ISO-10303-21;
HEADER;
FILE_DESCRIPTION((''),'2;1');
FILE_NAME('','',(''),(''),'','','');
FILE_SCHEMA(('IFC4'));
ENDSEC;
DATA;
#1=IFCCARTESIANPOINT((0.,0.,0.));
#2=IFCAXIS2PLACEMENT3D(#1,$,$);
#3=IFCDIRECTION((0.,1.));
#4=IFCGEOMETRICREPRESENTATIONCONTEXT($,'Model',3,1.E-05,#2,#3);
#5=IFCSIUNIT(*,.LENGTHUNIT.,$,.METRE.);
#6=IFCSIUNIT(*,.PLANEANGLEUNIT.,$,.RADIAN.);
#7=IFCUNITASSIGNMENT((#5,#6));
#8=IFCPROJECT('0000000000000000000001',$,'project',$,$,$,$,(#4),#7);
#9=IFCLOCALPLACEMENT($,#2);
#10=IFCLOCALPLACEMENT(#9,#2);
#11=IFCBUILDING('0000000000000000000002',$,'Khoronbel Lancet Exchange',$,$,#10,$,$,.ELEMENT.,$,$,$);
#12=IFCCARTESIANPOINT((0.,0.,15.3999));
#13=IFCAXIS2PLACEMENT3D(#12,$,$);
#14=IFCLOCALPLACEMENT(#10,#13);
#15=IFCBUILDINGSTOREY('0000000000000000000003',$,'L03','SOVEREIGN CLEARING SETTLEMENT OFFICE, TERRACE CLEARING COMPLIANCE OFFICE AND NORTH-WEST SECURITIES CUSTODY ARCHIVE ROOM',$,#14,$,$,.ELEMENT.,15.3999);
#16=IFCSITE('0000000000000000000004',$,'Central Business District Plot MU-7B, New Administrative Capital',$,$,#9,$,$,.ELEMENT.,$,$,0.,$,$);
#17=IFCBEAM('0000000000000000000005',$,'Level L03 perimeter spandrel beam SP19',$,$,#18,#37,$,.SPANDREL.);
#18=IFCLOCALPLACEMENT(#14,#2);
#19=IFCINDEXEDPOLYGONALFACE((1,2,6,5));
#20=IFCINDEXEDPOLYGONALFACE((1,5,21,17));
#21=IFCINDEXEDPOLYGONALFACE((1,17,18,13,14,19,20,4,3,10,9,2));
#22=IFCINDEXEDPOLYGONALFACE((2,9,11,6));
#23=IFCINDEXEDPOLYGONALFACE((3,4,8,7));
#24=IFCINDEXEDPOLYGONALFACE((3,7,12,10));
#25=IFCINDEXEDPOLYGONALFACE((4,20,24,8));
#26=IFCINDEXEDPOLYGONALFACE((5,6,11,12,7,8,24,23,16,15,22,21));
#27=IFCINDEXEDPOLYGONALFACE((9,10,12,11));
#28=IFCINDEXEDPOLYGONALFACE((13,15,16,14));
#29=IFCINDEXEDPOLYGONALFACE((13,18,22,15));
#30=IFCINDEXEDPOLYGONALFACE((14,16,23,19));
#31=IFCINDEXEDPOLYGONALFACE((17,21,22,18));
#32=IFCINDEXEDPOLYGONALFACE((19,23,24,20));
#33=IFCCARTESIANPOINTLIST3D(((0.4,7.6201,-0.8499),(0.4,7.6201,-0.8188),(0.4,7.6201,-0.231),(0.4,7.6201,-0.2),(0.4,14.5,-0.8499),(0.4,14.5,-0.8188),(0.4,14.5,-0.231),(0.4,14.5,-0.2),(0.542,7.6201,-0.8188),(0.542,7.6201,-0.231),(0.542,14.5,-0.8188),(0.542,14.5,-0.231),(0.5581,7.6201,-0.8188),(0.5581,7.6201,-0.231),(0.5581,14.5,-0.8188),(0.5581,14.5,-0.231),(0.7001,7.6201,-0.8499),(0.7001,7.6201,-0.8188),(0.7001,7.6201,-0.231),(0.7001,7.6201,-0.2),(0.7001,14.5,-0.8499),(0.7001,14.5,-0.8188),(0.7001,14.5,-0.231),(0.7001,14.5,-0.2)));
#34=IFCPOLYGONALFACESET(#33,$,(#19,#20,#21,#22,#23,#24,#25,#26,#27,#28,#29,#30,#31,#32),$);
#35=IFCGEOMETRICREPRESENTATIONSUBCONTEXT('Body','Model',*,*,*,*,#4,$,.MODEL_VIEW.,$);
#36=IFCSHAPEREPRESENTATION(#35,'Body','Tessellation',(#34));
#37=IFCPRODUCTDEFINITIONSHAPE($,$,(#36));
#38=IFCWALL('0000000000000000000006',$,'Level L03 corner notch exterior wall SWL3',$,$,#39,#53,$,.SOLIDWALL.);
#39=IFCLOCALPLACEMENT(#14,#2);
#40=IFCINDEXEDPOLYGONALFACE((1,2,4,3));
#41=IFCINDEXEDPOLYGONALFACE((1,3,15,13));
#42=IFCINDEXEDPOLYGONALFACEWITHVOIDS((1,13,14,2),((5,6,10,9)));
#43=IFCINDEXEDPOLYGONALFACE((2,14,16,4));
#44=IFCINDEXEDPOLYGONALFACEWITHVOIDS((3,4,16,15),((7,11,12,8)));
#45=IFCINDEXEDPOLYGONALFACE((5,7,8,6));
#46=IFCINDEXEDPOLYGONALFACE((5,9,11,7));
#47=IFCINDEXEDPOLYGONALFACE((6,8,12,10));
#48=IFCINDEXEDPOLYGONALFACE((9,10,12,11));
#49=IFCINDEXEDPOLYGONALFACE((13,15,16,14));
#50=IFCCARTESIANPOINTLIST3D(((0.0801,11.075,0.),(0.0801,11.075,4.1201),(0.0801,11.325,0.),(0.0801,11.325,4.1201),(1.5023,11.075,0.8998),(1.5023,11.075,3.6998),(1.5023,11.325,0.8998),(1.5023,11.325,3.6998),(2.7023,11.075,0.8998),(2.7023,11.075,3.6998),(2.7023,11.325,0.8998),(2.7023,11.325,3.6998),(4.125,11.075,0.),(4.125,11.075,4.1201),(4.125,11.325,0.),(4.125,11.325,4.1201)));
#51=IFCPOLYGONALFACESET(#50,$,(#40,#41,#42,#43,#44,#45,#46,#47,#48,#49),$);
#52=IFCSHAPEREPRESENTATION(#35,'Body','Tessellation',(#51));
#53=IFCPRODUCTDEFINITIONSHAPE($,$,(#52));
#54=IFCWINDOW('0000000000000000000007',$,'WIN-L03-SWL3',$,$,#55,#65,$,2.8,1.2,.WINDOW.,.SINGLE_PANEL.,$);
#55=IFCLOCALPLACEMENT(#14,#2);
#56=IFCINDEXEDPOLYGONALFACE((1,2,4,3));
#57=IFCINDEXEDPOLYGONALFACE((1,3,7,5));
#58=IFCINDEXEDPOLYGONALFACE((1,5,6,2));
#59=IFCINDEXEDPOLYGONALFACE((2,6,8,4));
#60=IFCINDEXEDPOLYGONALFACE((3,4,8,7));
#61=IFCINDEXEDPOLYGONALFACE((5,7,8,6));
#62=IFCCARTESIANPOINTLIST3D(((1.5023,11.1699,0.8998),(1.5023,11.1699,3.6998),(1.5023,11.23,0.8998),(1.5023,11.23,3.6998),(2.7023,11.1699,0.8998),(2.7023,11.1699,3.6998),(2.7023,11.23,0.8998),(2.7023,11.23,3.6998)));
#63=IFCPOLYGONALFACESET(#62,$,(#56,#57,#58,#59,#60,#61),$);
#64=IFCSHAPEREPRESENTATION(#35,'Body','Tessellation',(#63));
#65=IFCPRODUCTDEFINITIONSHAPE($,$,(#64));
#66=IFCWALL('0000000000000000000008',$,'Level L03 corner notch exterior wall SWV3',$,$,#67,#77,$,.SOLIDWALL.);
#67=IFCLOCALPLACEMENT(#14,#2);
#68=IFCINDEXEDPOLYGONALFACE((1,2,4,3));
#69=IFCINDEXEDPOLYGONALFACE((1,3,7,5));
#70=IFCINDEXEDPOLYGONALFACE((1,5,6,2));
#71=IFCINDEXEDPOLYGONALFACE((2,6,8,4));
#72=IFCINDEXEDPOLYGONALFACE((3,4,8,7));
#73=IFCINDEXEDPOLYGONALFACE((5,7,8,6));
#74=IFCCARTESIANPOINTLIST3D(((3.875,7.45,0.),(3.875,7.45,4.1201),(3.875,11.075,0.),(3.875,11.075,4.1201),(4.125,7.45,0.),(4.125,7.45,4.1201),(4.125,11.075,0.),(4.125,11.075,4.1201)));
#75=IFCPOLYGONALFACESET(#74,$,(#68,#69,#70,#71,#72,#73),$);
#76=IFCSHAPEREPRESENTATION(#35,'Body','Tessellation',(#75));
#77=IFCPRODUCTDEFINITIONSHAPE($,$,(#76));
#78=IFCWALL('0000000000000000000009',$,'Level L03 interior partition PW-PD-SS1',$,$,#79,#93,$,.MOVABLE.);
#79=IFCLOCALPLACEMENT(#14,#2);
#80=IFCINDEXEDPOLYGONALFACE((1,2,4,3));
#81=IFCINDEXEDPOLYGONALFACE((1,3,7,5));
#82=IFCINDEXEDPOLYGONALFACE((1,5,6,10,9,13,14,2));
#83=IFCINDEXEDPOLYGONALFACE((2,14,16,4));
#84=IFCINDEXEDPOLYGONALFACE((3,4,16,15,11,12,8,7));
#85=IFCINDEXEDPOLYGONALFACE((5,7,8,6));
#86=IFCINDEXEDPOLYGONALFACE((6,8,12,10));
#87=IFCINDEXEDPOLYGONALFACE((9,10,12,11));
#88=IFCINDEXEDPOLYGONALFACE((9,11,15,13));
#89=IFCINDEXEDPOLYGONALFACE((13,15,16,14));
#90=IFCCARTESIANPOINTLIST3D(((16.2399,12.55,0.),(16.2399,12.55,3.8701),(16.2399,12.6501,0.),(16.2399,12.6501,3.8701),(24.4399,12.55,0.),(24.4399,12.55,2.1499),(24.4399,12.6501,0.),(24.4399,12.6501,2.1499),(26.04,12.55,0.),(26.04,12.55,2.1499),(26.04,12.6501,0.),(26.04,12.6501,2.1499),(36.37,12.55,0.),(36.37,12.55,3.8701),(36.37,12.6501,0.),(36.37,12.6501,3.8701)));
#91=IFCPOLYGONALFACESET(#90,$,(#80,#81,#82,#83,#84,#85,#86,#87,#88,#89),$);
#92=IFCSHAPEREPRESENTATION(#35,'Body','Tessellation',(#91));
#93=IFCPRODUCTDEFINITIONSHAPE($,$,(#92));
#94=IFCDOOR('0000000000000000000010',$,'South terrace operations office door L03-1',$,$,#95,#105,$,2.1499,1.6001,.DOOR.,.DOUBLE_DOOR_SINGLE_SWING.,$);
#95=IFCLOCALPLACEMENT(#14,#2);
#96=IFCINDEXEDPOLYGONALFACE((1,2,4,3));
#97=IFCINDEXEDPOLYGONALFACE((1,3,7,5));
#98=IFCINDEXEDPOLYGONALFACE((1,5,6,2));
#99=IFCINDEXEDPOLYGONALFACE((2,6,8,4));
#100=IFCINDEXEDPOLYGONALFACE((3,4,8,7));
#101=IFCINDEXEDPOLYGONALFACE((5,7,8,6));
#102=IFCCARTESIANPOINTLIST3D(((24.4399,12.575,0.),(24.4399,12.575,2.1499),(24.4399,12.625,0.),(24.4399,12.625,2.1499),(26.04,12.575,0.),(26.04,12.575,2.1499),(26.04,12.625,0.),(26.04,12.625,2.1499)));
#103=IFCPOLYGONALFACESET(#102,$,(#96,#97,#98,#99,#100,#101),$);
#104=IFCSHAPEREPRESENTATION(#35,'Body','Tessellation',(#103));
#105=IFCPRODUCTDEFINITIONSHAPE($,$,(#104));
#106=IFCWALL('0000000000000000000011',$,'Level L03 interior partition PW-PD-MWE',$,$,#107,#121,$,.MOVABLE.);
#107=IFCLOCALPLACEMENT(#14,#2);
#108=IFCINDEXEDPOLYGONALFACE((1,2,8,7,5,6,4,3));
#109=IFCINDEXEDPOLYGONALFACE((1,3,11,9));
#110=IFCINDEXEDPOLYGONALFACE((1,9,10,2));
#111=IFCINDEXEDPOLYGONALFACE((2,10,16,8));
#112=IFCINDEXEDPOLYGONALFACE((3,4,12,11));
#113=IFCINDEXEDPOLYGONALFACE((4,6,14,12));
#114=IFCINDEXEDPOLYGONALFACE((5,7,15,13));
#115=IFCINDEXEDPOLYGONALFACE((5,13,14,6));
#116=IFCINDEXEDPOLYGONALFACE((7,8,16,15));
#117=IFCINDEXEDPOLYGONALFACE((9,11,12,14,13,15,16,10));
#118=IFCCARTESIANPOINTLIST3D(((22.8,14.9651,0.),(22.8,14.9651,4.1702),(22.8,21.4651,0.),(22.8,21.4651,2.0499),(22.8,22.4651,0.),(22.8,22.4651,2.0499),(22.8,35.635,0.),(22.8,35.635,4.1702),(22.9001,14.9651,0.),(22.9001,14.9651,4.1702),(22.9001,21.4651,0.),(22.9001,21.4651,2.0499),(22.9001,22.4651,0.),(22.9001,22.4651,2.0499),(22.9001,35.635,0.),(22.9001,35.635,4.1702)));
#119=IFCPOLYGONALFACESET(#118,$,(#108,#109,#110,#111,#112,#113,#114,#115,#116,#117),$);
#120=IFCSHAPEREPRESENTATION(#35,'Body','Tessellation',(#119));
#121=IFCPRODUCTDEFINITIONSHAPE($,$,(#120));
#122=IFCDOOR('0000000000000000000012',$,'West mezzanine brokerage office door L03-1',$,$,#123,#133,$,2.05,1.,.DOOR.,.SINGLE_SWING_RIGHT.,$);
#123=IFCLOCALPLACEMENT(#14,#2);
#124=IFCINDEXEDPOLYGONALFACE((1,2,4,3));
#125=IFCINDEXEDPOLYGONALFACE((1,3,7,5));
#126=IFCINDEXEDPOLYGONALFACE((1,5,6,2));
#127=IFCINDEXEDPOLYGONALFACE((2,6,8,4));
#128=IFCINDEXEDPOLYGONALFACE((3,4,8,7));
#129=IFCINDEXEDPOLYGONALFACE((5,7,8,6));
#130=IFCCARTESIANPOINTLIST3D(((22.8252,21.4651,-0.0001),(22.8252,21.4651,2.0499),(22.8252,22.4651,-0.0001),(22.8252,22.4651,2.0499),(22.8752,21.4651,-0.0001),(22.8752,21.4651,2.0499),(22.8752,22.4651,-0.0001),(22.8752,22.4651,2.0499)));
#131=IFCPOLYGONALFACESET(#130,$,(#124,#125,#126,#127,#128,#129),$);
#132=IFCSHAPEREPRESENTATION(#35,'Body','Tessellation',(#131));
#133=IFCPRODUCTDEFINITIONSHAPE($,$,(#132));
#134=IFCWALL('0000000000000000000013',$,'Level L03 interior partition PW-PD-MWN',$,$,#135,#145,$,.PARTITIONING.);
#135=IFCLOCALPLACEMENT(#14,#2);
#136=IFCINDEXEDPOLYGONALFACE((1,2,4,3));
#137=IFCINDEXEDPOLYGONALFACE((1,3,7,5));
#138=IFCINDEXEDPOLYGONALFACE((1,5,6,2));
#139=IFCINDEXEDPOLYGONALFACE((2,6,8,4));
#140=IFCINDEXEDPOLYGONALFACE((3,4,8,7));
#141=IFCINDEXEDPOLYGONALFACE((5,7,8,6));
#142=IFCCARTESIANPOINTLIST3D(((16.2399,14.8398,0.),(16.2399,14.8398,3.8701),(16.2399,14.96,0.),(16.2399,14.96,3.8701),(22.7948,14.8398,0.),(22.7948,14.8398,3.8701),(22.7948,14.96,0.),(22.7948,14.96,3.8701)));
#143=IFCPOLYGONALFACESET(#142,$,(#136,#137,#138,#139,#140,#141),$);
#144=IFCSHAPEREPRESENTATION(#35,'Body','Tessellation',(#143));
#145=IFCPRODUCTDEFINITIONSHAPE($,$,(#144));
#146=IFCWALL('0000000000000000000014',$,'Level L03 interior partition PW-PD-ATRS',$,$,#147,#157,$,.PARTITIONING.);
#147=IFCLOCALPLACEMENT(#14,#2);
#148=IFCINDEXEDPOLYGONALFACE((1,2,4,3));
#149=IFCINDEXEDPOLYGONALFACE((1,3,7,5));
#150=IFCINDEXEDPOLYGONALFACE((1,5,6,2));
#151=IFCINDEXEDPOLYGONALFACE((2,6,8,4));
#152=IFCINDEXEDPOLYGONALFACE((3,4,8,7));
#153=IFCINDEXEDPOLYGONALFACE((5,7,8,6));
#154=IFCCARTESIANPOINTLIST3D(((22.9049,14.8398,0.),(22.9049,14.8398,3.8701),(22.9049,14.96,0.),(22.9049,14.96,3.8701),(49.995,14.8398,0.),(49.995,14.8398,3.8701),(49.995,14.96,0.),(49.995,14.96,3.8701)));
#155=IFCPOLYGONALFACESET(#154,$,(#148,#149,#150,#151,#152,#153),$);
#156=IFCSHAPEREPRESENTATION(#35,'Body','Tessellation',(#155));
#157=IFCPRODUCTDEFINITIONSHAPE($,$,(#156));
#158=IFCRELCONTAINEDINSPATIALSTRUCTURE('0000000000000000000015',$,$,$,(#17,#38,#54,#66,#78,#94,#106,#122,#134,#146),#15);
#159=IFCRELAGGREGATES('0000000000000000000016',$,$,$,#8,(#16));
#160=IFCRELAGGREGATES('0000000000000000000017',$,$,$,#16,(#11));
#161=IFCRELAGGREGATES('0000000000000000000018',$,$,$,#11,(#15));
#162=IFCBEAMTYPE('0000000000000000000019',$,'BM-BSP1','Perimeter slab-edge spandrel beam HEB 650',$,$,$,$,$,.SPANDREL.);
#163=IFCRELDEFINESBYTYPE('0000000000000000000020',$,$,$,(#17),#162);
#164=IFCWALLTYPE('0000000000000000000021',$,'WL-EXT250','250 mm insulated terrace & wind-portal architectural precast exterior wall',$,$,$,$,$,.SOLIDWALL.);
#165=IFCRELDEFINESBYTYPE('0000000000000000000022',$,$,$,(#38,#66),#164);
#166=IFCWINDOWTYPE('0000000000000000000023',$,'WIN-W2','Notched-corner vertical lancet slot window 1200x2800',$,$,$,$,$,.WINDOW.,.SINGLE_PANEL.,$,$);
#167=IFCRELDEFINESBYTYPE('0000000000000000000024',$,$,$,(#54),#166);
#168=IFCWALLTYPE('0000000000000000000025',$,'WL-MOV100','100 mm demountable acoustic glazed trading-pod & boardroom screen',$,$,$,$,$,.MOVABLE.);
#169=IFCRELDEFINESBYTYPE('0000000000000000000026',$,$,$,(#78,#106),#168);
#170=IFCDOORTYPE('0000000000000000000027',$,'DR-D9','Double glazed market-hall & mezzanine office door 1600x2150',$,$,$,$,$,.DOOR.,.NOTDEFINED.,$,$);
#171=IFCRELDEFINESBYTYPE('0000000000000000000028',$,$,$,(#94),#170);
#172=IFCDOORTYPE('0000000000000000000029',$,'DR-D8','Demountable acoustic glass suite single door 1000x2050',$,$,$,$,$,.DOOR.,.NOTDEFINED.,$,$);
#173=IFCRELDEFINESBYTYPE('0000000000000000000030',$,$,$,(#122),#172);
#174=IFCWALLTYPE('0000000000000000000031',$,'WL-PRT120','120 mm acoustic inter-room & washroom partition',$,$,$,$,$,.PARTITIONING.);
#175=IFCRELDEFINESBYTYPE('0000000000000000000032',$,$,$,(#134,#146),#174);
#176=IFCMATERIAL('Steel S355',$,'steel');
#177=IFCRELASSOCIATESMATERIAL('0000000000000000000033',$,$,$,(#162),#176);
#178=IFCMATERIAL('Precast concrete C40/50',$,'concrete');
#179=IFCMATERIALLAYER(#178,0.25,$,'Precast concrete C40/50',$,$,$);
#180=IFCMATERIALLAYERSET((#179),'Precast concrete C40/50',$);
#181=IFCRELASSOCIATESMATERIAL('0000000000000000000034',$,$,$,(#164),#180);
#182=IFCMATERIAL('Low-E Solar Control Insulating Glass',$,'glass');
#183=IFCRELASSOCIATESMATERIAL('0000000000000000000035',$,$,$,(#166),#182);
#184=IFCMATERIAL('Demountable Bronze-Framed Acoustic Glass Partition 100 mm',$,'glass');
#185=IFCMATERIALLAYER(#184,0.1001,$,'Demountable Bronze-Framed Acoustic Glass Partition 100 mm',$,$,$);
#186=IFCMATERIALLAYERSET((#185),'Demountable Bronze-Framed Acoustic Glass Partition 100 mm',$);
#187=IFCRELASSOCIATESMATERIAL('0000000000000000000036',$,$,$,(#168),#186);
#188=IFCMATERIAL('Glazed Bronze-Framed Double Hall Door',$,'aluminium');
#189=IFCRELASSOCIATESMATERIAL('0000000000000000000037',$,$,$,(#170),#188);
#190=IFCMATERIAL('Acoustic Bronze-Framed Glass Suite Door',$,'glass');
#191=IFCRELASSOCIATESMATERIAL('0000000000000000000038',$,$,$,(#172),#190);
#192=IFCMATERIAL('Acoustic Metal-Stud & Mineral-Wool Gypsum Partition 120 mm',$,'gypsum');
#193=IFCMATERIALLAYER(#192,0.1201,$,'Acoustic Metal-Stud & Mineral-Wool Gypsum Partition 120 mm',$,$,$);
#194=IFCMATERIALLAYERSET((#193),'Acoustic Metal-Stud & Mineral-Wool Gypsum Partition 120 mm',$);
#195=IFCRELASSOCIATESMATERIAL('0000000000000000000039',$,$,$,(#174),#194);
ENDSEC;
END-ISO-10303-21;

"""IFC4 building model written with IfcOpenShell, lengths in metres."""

from ifc_helpers import new_model, si_unit, direction, frame, frame_2d, origin, origin_2d, place, context, subcontext, project, spatial, rectangle, i_section, extrude, material, layer, layer_set, material_profile, profile_set, type_object, element, fill, save


model = new_model("IFC4")

# Units and contexts
model_context = context("Model", 3, precision=1e-05, world=origin(), true_north=direction((0.0, 1.0)))
body_context = subcontext(model_context, "Body", "Model", "MODEL_VIEW")
ifc_project = project(units=[si_unit("LENGTHUNIT", "METRE"), si_unit("PLANEANGLEUNIT", "RADIAN")], contexts=[model_context])

# Site, building, storey
site_placement = place(None, origin())
site = spatial("IfcSite", under=ifc_project, at=site_placement, Name="Central Business District Plot MU-7B, New Administrative Capital", CompositionType="ELEMENT", RefElevation=0.0)
building_placement = place(site_placement, origin())
building = spatial("IfcBuilding", under=site, at=building_placement, Name="Khoronbel Lancet Exchange", CompositionType="ELEMENT")
storey_placement = place(building_placement, frame((0.0, 0.0, 15.3999)))
storey = spatial("IfcBuildingStorey", under=building, at=storey_placement, Name="L03", Description="SOVEREIGN CLEARING SETTLEMENT OFFICE, TERRACE CLEARING COMPLIANCE OFFICE AND NORTH-WEST SECURITIES CUSTODY ARCHIVE ROOM", CompositionType="ELEMENT", Elevation=15.3999)

# Shared definitions
ifc_material_1 = material(Name="Steel S355", Category="steel")

# Beam
ifc_material_profile_1 = material_profile(ifc_material_1, i_section(OverallWidth=0.3, OverallDepth=0.6499, WebThickness=0.0161, FlangeThickness=0.031, at=origin_2d()), Name="HEB 650")
ifc_profile_set_1 = profile_set([ifc_material_profile_1], Name="Steel S355")
beam_type_1 = type_object("IfcBeamType", Name="BM-BSP1", Description="Perimeter slab-edge spandrel beam HEB 650", PredefinedType="SPANDREL", material=ifc_profile_set_1)
beam_1_placement = place(storey_placement, frame((0.55, 14.5, -0.5249), z_axis=(0.0, -1.0, 0.0), x_axis=(1.0, 0.0, 0.0)))
element("IfcBeam", 1, at=beam_1_placement, inside=storey, type_object=beam_type_1, Name="Level L03 perimeter spandrel beam SP19", PredefinedType="SPANDREL", context=body_context, shape_type="SweptSolid", body=[
    extrude(i_section(OverallWidth=0.3, OverallDepth=0.6499, WebThickness=0.0161, FlangeThickness=0.031, at=origin_2d()), origin(), (0.0, 0.0, 1.0), 6.8799),
])

# Wall, opening, window
ifc_material_2 = material(Name="Precast concrete C40/50", Category="concrete")
ifc_layer_1 = layer(ifc_material_2, 0.25, Name="Precast concrete C40/50")
ifc_layer_set_1 = layer_set([ifc_layer_1], Name="Precast concrete C40/50")
wall_type_1 = type_object("IfcWallType", Name="WL-EXT250", Description="250 mm insulated terrace & wind-portal architectural precast exterior wall", PredefinedType="SOLIDWALL", material=ifc_layer_set_1)
wall_1_placement = place(storey_placement, frame((4.125, 11.2, 0.0), z_axis=(0.0, 0.0, 1.0), x_axis=(-1.0, 0.0, 0.0)))
wall_1 = element("IfcWall", 2, at=wall_1_placement, inside=storey, type_object=wall_type_1, Name="Level L03 corner notch exterior wall SWL3", PredefinedType="SOLIDWALL", context=body_context, shape_type="SweptSolid", body=[
    extrude(rectangle(XDim=4.0449, YDim=0.25, at=frame_2d((2.0225, 0.0))), origin(), (0.0, 0.0, 1.0), 4.1201),
])
opening_1_placement = place(wall_1_placement, frame((1.4226, 0.0, 0.8999)))
opening_1 = element("IfcOpeningElement", 3, at=opening_1_placement, cuts=wall_1, PredefinedType="OPENING", context=body_context, shape_type="SweptSolid", body=[
    extrude(rectangle(XDim=1.2, YDim=2.8, at=frame_2d((0.6001, 1.3999))), frame((0.0, 0.135, 0.0), z_axis=(0.0, -1.0, 0.0), x_axis=(1.0, 0.0, 0.0)), (0.0, 0.0, 1.0), 0.27),
])
ifc_material_3 = material(Name="Low-E Solar Control Insulating Glass", Category="glass")
window_type = type_object("IfcWindowType", Name="WIN-W2", Description="Notched-corner vertical lancet slot window 1200x2800", PartitioningType="SINGLE_PANEL", PredefinedType="WINDOW", material=ifc_material_3)
window_placement = place(opening_1_placement, origin())
window = element("IfcWindow", 4, at=window_placement, inside=storey, type_object=window_type, Name="WIN-L03-SWL3", OverallHeight=2.8, OverallWidth=1.2, PartitioningType="SINGLE_PANEL", PredefinedType="WINDOW", context=body_context, shape_type="SweptSolid", body=[
    extrude(rectangle(XDim=1.2, YDim=2.8, at=frame_2d((0.6001, 1.3999))), frame((0.0, 0.03, 0.0), z_axis=(0.0, -1.0, 0.0), x_axis=(1.0, 0.0, 0.0)), (0.0, 0.0, 1.0), 0.0601),
])
fill(opening_1, window)

# Wall
wall_2_placement = place(storey_placement, frame((4.0, 7.45, 0.0), z_axis=(0.0, 0.0, 1.0), x_axis=(0.0, 1.0, 0.0)))
element("IfcWall", 5, at=wall_2_placement, inside=storey, type_object=wall_type_1, Name="Level L03 corner notch exterior wall SWV3", PredefinedType="SOLIDWALL", context=body_context, shape_type="SweptSolid", body=[
    extrude(rectangle(XDim=3.625, YDim=0.25, at=frame_2d((1.8125, 0.0))), origin(), (0.0, 0.0, 1.0), 4.1201),
])

# Walls, openings, doors
ifc_material_4 = material(Name="Demountable Bronze-Framed Acoustic Glass Partition 100 mm", Category="glass")
ifc_layer_2 = layer(ifc_material_4, 0.1001, Name="Demountable Bronze-Framed Acoustic Glass Partition 100 mm")
ifc_layer_set_2 = layer_set([ifc_layer_2], Name="Demountable Bronze-Framed Acoustic Glass Partition 100 mm")
wall_type_2 = type_object("IfcWallType", Name="WL-MOV100", Description="100 mm demountable acoustic glazed trading-pod & boardroom screen", PredefinedType="MOVABLE", material=ifc_layer_set_2)
wall_3_placement = place(storey_placement, frame((16.24, 12.6001, 0.0), z_axis=(0.0, 0.0, 1.0), x_axis=(1.0, 0.0, 0.0)))
wall_3 = element("IfcWall", 6, at=wall_3_placement, inside=storey, type_object=wall_type_2, Name="Level L03 interior partition PW-PD-SS1", PredefinedType="MOVABLE", context=body_context, shape_type="SweptSolid", body=[
    extrude(rectangle(XDim=20.1301, YDim=0.1001, at=frame_2d((10.0649, 0.0))), origin(), (0.0, 0.0, 1.0), 3.8701),
])
opening_2_placement = place(wall_3_placement, frame((8.2, 0.0, 0.0)))
opening_2 = element("IfcOpeningElement", 7, at=opening_2_placement, cuts=wall_3, PredefinedType="OPENING", context=body_context, shape_type="SweptSolid", body=[
    extrude(rectangle(XDim=1.6001, YDim=2.1499, at=frame_2d((0.8, 1.075))), frame((0.0, 0.0601, 0.0), z_axis=(0.0, -1.0, 0.0), x_axis=(1.0, 0.0, 0.0)), (0.0, 0.0, 1.0), 0.1201),
])
ifc_material_5 = material(Name="Glazed Bronze-Framed Double Hall Door", Category="aluminium")
door_type_1 = type_object("IfcDoorType", Name="DR-D9", Description="Double glazed market-hall & mezzanine office door 1600x2150", OperationType="NOTDEFINED", PredefinedType="DOOR", material=ifc_material_5)
door_1_placement = place(opening_2_placement, origin())
door_1 = element("IfcDoor", 8, at=door_1_placement, inside=storey, type_object=door_type_1, Name="South terrace operations office door L03-1", OperationType="DOUBLE_DOOR_SINGLE_SWING", OverallHeight=2.1499, OverallWidth=1.6001, PredefinedType="DOOR", context=body_context, shape_type="SweptSolid", body=[
    extrude(rectangle(XDim=1.6001, YDim=2.1499, at=frame_2d((0.8, 1.075))), frame((0.0, 0.0249, 0.0), z_axis=(0.0, -1.0, 0.0), x_axis=(1.0, 0.0, 0.0)), (0.0, 0.0, 1.0), 0.05),
])
fill(opening_2, door_1)
wall_4_placement = place(storey_placement, frame((22.8501, 14.9651, 0.0), z_axis=(0.0, 0.0, 1.0), x_axis=(0.0, 1.0, 0.0)))
wall_4 = element("IfcWall", 9, at=wall_4_placement, inside=storey, type_object=wall_type_2, Name="Level L03 interior partition PW-PD-MWE", PredefinedType="MOVABLE", context=body_context, shape_type="SweptSolid", body=[
    extrude(rectangle(XDim=20.6699, YDim=0.1001, at=frame_2d((10.335, 0.0))), origin(), (0.0, 0.0, 1.0), 4.1702),
])
opening_3_placement = place(wall_4_placement, frame((6.5, 0.0, 0.0)))
opening_3 = element("IfcOpeningElement", 10, at=opening_3_placement, cuts=wall_4, PredefinedType="OPENING", context=body_context, shape_type="SweptSolid", body=[
    extrude(rectangle(XDim=1.0, YDim=2.05, at=frame_2d((0.5, 1.0249))), frame((0.0, 0.0601, 0.0), z_axis=(0.0, -1.0, 0.0), x_axis=(1.0, 0.0, 0.0)), (0.0, 0.0, 1.0), 0.1201),
])
ifc_material_6 = material(Name="Acoustic Bronze-Framed Glass Suite Door", Category="glass")
door_type_2 = type_object("IfcDoorType", Name="DR-D8", Description="Demountable acoustic glass suite single door 1000x2050", OperationType="NOTDEFINED", PredefinedType="DOOR", material=ifc_material_6)
door_2_placement = place(opening_3_placement, origin())
door_2 = element("IfcDoor", 11, at=door_2_placement, inside=storey, type_object=door_type_2, Name="West mezzanine brokerage office door L03-1", OperationType="SINGLE_SWING_RIGHT", OverallHeight=2.05, OverallWidth=1.0, PredefinedType="DOOR", context=body_context, shape_type="SweptSolid", body=[
    extrude(rectangle(XDim=1.0, YDim=2.05, at=frame_2d((0.5, 1.0249))), frame((0.0, 0.0249, 0.0), z_axis=(0.0, -1.0, 0.0), x_axis=(1.0, 0.0, 0.0)), (0.0, 0.0, 1.0), 0.05),
])
fill(opening_3, door_2)

# Walls
ifc_material_7 = material(Name="Acoustic Metal-Stud & Mineral-Wool Gypsum Partition 120 mm", Category="gypsum")
ifc_layer_3 = layer(ifc_material_7, 0.1201, Name="Acoustic Metal-Stud & Mineral-Wool Gypsum Partition 120 mm")
ifc_layer_set_3 = layer_set([ifc_layer_3], Name="Acoustic Metal-Stud & Mineral-Wool Gypsum Partition 120 mm")
wall_type_3 = type_object("IfcWallType", Name="WL-PRT120", Description="120 mm acoustic inter-room & washroom partition", PredefinedType="PARTITIONING", material=ifc_layer_set_3)
wall_5_placement = place(storey_placement, frame((16.24, 14.8999, 0.0), z_axis=(0.0, 0.0, 1.0), x_axis=(1.0, 0.0, 0.0)))
element("IfcWall", 12, at=wall_5_placement, inside=storey, type_object=wall_type_3, Name="Level L03 interior partition PW-PD-MWN", PredefinedType="PARTITIONING", context=body_context, shape_type="SweptSolid", body=[
    extrude(rectangle(XDim=6.5549, YDim=0.1201, at=frame_2d((3.2773, 0.0))), origin(), (0.0, 0.0, 1.0), 3.8701),
])
wall_6_placement = place(storey_placement, frame((22.905, 14.8999, 0.0), z_axis=(0.0, 0.0, 1.0), x_axis=(1.0, 0.0, 0.0)))
element("IfcWall", 13, at=wall_6_placement, inside=storey, type_object=wall_type_3, Name="Level L03 interior partition PW-PD-ATRS", PredefinedType="PARTITIONING", context=body_context, shape_type="SweptSolid", body=[
    extrude(rectangle(XDim=27.0901, YDim=0.1201, at=frame_2d((13.5449, 0.0))), origin(), (0.0, 0.0, 1.0), 3.8701),
])

save(model, "model.ifc")
